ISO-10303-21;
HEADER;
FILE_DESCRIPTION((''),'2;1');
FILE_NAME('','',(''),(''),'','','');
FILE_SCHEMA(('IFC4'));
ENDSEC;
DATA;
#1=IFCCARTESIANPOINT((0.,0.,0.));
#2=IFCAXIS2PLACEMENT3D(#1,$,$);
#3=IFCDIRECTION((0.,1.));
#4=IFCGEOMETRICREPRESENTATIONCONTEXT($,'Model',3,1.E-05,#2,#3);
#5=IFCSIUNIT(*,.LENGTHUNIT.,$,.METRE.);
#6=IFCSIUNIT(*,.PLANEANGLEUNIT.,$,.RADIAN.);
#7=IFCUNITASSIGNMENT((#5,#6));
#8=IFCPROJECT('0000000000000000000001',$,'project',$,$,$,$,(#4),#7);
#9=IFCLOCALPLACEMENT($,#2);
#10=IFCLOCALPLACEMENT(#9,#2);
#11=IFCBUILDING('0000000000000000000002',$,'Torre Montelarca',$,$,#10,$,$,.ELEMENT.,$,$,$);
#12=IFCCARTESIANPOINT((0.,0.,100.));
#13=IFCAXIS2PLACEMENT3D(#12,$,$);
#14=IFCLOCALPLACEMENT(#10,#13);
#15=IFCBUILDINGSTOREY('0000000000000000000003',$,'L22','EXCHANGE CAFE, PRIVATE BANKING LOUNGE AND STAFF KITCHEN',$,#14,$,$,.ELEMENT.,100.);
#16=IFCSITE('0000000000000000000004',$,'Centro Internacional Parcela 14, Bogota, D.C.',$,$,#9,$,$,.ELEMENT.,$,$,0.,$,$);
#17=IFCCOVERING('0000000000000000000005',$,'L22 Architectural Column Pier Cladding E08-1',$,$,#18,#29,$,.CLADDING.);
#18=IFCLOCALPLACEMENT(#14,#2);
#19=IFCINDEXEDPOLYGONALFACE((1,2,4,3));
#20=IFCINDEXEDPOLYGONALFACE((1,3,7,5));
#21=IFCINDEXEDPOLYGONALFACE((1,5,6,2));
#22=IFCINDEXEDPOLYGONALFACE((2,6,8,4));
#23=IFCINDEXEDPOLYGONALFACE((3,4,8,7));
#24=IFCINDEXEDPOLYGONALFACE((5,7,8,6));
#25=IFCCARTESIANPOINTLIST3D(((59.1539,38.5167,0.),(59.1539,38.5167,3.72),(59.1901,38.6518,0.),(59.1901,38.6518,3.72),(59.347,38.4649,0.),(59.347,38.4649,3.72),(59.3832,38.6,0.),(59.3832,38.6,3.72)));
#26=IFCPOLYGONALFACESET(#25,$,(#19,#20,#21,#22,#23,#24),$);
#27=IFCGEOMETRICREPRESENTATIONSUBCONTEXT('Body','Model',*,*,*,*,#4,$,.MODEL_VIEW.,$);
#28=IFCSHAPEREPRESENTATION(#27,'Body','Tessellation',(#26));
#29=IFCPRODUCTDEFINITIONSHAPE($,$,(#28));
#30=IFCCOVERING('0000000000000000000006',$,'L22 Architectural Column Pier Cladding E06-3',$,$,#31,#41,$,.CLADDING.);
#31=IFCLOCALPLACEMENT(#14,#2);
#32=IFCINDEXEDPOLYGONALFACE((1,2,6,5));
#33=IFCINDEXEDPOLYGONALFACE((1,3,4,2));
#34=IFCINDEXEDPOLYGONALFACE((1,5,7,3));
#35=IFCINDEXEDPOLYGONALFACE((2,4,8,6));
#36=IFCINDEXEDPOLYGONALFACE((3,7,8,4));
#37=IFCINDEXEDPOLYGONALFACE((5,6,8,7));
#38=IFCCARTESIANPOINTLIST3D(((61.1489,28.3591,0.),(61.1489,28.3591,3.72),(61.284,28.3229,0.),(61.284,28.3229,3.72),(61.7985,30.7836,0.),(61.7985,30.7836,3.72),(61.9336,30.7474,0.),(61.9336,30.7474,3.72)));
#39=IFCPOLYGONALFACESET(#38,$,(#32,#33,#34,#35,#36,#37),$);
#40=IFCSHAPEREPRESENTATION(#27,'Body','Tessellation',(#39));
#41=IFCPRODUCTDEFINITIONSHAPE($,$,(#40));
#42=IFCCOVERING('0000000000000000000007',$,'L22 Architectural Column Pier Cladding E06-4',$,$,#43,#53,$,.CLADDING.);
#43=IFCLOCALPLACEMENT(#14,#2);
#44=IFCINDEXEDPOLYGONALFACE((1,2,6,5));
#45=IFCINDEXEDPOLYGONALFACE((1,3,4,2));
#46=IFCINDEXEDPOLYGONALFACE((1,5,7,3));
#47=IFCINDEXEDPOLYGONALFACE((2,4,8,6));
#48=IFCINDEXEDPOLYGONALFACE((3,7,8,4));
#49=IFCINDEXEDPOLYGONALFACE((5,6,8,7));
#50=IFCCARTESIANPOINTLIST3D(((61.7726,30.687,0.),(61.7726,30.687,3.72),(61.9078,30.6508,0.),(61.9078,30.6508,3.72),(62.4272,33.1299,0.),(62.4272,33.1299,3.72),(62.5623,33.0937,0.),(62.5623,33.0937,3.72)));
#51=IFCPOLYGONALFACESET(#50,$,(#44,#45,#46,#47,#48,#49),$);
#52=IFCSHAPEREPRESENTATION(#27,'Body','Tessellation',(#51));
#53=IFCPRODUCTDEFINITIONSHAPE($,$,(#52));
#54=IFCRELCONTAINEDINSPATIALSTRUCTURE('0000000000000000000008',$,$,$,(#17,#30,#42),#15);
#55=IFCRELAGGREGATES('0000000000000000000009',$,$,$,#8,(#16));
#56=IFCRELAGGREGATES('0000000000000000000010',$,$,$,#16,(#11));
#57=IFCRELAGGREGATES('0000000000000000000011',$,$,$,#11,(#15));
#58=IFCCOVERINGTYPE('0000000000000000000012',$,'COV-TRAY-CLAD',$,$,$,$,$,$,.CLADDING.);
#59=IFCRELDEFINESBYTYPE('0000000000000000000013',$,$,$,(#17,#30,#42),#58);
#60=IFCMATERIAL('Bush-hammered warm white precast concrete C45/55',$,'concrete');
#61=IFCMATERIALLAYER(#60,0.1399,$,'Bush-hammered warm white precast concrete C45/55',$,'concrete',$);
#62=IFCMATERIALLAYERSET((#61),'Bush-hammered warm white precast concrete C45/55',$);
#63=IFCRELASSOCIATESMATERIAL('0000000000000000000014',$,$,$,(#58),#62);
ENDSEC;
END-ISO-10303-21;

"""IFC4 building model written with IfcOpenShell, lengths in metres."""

from ifc_helpers import new_model, si_unit, direction, frame, origin, origin_2d, place, context, subcontext, project, spatial, rectangle, extrude, source, transform, mapped, material, layer, layer_set, type_object, element, save


model = new_model("IFC4")

# Units and contexts
model_context = context("Model", 3, precision=1e-05, world=origin(), true_north=direction((0.0, 1.0)))
body_context = subcontext(model_context, "Body", "Model", "MODEL_VIEW")
ifc_project = project(units=[si_unit("LENGTHUNIT", "METRE"), si_unit("PLANEANGLEUNIT", "RADIAN")], contexts=[model_context])

# Site, building, storey
site_placement = place(None, origin())
site = spatial("IfcSite", under=ifc_project, at=site_placement, Name="Centro Internacional Parcela 14, Bogota, D.C.", CompositionType="ELEMENT", RefElevation=0.0)
building_placement = place(site_placement, origin())
building = spatial("IfcBuilding", under=site, at=building_placement, Name="Torre Montelarca", CompositionType="ELEMENT")
storey_placement = place(building_placement, frame((0.0, 0.0, 100.0)))
storey = spatial("IfcBuildingStorey", under=building, at=storey_placement, Name="L22", Description="EXCHANGE CAFE, PRIVATE BANKING LOUNGE AND STAFF KITCHEN", CompositionType="ELEMENT", Elevation=100.0)

# Coverings
ifc_material_1 = material(Name="Bush-hammered warm white precast concrete C45/55", Category="concrete")
ifc_layer_1 = layer(ifc_material_1, 0.1399, Name="Bush-hammered warm white precast concrete C45/55", Category="concrete")
ifc_layer_set_1 = layer_set([ifc_layer_1], Name="Bush-hammered warm white precast concrete C45/55")
covering_type = type_object("IfcCoveringType", Name="COV-TRAY-CLAD", PredefinedType="CLADDING", material=ifc_layer_set_1)
shared_shape_1 = source(origin(), body_context, "Body", "SweptSolid", [
    extrude(rectangle(XDim=0.2, YDim=0.1399, at=origin_2d()), origin(), (0.0, 0.0, 1.0), 3.72),
])
for number, where, z_axis, x_axis, name in (
    (1, (59.2686, 38.5583, 0.0), (0.0, 0.0, 1.0), (-0.965925, 0.258821, 0.0), "L22 Architectural Column Pier Cladding E08-1"),
):
    element("IfcCovering", number, at=place(storey_placement, frame(where, z_axis=z_axis, x_axis=x_axis)), inside=storey, type_object=covering_type, Name=name, PredefinedType="CLADDING", context=body_context, shape_type="MappedRepresentation", body=[
        mapped(shared_shape_1, transform((0.0, 0.0, 0.0), scale=1.0)),
    ])
shared_shape_2 = source(origin(), body_context, "Body", "SweptSolid", [
    extrude(rectangle(XDim=2.51, YDim=0.1399, at=origin_2d()), origin(), (0.0, 0.0, 1.0), 3.72),
])
covering_1_placement = place(storey_placement, frame((61.5413, 29.5532, 0.0), z_axis=(0.0, 0.0, 1.0), x_axis=(0.258819, 0.965926, 0.0)))
element("IfcCovering", 2, at=covering_1_placement, inside=storey, type_object=covering_type, Name="L22 Architectural Column Pier Cladding E06-3", PredefinedType="CLADDING", context=body_context, shape_type="MappedRepresentation", body=[
    mapped(shared_shape_2, transform((0.0, 0.0, 0.0), scale=1.0)),
])
shared_shape_3 = source(origin(), body_context, "Body", "SweptSolid", [
    extrude(rectangle(XDim=2.5291, YDim=0.1399, at=origin_2d()), origin(), (0.0, 0.0, 1.0), 3.72),
])
covering_2_placement = place(storey_placement, frame((62.1675, 31.8904, 0.0), z_axis=(0.0, 0.0, 1.0), x_axis=(0.258819, 0.965926, 0.0)))
element("IfcCovering", 3, at=covering_2_placement, inside=storey, type_object=covering_type, Name="L22 Architectural Column Pier Cladding E06-4", PredefinedType="CLADDING", context=body_context, shape_type="MappedRepresentation", body=[
    mapped(shared_shape_3, transform((0.0, 0.0, 0.0), scale=1.0)),
])

save(model, "model.ifc")
